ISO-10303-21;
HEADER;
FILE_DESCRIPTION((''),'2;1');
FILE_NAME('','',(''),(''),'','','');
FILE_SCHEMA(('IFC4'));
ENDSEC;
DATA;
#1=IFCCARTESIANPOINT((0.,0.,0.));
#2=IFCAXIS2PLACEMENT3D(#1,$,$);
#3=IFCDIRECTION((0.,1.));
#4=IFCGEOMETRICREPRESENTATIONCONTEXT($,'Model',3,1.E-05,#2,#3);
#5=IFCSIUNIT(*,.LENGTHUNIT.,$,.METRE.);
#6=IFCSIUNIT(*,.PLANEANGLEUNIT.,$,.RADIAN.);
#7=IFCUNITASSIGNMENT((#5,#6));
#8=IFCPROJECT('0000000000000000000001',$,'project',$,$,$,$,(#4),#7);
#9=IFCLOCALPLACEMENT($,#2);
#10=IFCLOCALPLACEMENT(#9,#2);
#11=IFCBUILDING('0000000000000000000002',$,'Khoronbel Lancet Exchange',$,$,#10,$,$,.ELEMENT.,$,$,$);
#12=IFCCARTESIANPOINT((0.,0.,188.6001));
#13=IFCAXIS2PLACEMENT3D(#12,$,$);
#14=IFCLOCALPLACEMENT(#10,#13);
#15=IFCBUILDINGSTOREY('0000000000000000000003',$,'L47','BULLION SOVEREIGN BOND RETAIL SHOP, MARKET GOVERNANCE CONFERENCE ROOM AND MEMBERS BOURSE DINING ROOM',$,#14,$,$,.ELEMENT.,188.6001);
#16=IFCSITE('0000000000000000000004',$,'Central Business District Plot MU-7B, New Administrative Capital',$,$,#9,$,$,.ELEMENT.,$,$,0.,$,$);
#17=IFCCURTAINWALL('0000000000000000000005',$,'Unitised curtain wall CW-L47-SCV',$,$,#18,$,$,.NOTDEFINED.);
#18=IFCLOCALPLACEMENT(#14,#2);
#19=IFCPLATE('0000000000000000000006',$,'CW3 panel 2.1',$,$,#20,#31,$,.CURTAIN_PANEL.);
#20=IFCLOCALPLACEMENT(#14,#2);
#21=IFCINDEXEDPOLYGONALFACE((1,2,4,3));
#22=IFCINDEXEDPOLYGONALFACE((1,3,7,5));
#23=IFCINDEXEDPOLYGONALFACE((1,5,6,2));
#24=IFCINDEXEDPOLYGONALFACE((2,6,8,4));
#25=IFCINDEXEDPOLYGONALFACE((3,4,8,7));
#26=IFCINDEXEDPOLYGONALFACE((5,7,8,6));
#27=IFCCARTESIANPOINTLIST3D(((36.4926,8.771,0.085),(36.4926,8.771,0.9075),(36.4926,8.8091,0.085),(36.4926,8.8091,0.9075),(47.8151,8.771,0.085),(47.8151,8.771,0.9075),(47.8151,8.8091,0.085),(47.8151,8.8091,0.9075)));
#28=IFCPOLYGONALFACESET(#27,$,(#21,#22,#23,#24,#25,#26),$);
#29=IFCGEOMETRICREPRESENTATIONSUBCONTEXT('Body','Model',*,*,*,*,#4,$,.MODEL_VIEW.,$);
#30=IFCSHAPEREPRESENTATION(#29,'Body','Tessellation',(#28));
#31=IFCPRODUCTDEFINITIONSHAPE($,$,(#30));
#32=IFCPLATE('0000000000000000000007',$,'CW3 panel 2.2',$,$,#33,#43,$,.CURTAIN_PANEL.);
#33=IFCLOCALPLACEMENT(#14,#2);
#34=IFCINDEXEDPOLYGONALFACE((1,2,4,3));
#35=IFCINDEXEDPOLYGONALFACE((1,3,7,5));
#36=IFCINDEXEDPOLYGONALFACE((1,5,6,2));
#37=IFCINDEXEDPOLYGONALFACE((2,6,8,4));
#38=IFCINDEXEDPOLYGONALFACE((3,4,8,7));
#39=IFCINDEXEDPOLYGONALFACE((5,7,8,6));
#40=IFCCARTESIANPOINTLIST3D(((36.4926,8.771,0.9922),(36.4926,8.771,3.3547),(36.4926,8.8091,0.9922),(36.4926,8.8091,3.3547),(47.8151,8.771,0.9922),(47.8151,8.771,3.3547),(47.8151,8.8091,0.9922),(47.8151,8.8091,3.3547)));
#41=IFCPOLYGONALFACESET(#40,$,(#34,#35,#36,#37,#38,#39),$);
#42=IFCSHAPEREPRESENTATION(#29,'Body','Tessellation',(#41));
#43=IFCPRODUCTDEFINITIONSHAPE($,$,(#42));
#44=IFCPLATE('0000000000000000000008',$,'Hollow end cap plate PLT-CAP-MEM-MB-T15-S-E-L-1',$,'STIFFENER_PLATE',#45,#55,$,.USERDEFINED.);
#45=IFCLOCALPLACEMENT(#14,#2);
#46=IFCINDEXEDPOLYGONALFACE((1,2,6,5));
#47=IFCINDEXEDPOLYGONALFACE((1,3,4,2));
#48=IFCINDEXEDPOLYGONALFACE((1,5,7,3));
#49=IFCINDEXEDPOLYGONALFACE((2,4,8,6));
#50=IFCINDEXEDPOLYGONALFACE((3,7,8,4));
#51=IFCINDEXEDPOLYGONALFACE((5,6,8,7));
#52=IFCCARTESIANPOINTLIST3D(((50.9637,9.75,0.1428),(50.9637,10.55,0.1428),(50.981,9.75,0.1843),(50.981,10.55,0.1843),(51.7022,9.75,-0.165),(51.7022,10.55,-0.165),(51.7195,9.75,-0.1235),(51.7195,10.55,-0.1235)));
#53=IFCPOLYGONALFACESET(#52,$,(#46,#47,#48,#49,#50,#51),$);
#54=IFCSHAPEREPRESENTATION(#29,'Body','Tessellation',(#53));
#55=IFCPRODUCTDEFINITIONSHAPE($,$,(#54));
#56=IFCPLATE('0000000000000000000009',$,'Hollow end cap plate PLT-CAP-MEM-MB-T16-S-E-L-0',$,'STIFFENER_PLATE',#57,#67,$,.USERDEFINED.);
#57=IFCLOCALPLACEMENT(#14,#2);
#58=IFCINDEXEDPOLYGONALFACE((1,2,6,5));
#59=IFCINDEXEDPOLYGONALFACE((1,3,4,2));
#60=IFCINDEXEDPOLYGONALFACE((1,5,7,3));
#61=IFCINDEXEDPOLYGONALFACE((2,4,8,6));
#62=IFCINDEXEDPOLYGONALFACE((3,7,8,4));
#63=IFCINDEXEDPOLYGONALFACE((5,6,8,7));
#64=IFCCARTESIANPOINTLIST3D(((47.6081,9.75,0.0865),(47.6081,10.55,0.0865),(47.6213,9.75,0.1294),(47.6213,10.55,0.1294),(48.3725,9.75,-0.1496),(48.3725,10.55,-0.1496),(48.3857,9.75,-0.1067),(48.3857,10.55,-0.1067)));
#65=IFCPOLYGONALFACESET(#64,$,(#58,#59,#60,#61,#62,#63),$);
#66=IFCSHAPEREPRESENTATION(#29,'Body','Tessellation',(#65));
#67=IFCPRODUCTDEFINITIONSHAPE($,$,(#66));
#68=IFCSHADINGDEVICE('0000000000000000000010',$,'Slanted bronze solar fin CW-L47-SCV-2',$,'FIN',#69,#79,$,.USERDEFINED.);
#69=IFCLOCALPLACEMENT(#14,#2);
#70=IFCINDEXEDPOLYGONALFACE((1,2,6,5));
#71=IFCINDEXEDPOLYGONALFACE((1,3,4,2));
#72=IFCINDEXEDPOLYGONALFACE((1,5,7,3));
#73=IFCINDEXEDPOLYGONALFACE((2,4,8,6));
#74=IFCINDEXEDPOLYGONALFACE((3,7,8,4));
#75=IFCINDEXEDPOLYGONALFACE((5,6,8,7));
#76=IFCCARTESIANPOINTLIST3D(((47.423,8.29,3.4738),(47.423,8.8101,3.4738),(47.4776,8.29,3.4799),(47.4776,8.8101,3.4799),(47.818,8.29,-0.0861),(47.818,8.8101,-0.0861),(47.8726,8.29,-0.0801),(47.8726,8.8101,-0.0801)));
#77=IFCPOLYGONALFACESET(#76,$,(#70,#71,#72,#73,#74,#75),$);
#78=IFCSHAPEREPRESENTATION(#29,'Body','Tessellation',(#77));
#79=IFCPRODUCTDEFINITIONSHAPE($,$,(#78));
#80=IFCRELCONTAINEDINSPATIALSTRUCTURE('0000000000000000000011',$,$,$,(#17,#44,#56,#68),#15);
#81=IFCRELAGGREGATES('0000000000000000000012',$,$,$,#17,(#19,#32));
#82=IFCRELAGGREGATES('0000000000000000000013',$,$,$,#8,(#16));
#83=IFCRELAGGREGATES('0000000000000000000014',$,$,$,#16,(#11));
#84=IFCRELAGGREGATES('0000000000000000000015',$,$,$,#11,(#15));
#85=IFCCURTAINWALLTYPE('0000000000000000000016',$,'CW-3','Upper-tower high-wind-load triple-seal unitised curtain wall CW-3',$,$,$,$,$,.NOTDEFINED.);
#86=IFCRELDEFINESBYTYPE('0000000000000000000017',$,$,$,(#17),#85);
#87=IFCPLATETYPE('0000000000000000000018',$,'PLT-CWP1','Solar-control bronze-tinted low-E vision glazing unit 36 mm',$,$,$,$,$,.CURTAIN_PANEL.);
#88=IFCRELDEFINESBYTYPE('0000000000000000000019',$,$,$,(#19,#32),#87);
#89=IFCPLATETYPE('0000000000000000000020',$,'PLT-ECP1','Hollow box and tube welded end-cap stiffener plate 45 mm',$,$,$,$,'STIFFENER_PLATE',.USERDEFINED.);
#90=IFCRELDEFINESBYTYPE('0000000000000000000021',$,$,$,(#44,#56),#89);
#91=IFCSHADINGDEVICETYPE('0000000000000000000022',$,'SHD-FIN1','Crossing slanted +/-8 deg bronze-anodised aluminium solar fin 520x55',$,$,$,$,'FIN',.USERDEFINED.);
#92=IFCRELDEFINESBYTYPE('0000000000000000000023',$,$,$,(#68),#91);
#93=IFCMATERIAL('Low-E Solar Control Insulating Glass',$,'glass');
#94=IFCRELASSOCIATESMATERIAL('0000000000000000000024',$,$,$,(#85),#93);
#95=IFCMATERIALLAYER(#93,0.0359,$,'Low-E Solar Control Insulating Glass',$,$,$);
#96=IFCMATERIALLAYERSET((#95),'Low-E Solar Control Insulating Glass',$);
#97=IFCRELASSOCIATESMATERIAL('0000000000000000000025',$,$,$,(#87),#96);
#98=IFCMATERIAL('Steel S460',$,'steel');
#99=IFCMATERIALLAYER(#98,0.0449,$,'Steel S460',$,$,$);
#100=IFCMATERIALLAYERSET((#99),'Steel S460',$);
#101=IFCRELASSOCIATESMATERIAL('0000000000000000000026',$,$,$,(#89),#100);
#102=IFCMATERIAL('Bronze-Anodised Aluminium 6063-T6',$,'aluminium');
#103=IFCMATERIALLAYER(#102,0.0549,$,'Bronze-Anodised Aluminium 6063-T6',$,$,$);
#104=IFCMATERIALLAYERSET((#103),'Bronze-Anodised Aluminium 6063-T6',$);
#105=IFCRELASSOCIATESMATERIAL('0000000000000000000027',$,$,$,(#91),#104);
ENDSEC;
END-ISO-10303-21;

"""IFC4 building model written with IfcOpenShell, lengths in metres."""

from ifc_helpers import new_model, si_unit, direction, frame, origin, origin_2d, place, context, subcontext, project, spatial, polyline, rectangle, outline, extrude, material, layer, layer_set, type_object, element, aggregate, save


model = new_model("IFC4")

# Units and contexts
model_context = context("Model", 3, precision=1e-05, world=origin(), true_north=direction((0.0, 1.0)))
body_context = subcontext(model_context, "Body", "Model", "MODEL_VIEW")
ifc_project = project(units=[si_unit("LENGTHUNIT", "METRE"), si_unit("PLANEANGLEUNIT", "RADIAN")], contexts=[model_context])

# Site, building, storey
site_placement = place(None, origin())
site = spatial("IfcSite", under=ifc_project, at=site_placement, Name="Central Business District Plot MU-7B, New Administrative Capital", CompositionType="ELEMENT", RefElevation=0.0)
building_placement = place(site_placement, origin())
building = spatial("IfcBuilding", under=site, at=building_placement, Name="Khoronbel Lancet Exchange", CompositionType="ELEMENT")
storey_placement = place(building_placement, frame((0.0, 0.0, 188.6001)))
storey = spatial("IfcBuildingStorey", under=building, at=storey_placement, Name="L47", Description="BULLION SOVEREIGN BOND RETAIL SHOP, MARKET GOVERNANCE CONFERENCE ROOM AND MEMBERS BOURSE DINING ROOM", CompositionType="ELEMENT", Elevation=188.6001)

# Shared definitions
ifc_material_1 = material(Name="Steel S460", Category="steel")

# Curtain wall
ifc_material_2 = material(Name="Low-E Solar Control Insulating Glass", Category="glass")
curtain_wall_type = type_object("IfcCurtainWallType", Name="CW-3", Description="Upper-tower high-wind-load triple-seal unitised curtain wall CW-3", PredefinedType="NOTDEFINED", material=ifc_material_2)
curtain_wall_1_placement = place(storey_placement, origin())
curtain_wall_1 = element("IfcCurtainWall", 1, at=curtain_wall_1_placement, inside=storey, type_object=curtain_wall_type, Name="Unitised curtain wall CW-L47-SCV", PredefinedType="NOTDEFINED")
ifc_material_3 = material(Name="Bronze-Anodised Aluminium 6063-T6", Category="aluminium")

# Plates
ifc_layer_1 = layer(ifc_material_2, 0.0359, Name="Low-E Solar Control Insulating Glass")
ifc_layer_set_1 = layer_set([ifc_layer_1], Name="Low-E Solar Control Insulating Glass")
plate_type_1 = type_object("IfcPlateType", Name="PLT-CWP1", Description="Solar-control bronze-tinted low-E vision glazing unit 36 mm", PredefinedType="CURTAIN_PANEL", material=ifc_layer_set_1)
plate_1_placement = place(storey_placement, frame((42.1538, 8.79, 0.085), z_axis=(0.0, 0.0, 1.0), x_axis=(1.0, 0.0, 0.0)))
plate_1 = element("IfcPlate", 2, at=plate_1_placement, type_object=plate_type_1, Name="CW3 panel 2.1", PredefinedType="CURTAIN_PANEL", context=body_context, shape_type="SweptSolid", body=[
    extrude(rectangle(XDim=11.3225, YDim=0.0381, at=origin_2d()), origin(), (0.0, 0.0, 1.0), 0.8225),
])
plate_2_placement = place(storey_placement, frame((42.1538, 8.79, 0.9922), z_axis=(0.0, 0.0, 1.0), x_axis=(1.0, 0.0, 0.0)))
plate_2 = element("IfcPlate", 3, at=plate_2_placement, type_object=plate_type_1, Name="CW3 panel 2.2", PredefinedType="CURTAIN_PANEL", context=body_context, shape_type="SweptSolid", body=[
    extrude(rectangle(XDim=11.3225, YDim=0.0381, at=origin_2d()), origin(), (0.0, 0.0, 1.0), 2.3625),
])
aggregate(curtain_wall_1, [plate_1, plate_2])

# Plates
ifc_layer_2 = layer(ifc_material_1, 0.0449, Name="Steel S460")
ifc_layer_set_2 = layer_set([ifc_layer_2], Name="Steel S460")
plate_type_2 = type_object("IfcPlateType", Name="PLT-ECP1", Description="Hollow box and tube welded end-cap stiffener plate 45 mm", ElementType="STIFFENER_PLATE", PredefinedType="USERDEFINED", material=ifc_layer_set_2)
for number, where, z_axis, x_axis, name in (
    (4, (51.7195, 9.75, -0.1235), (0.384767, 0.0, 0.923014), (0.0, 1.0, 0.0), "Hollow end cap plate PLT-CAP-MEM-MB-T15-S-E-L-1"),
    (5, (48.3857, 9.75, -0.1067), (0.295094, 0.0, 0.955468), (0.0, 1.0, 0.0), "Hollow end cap plate PLT-CAP-MEM-MB-T16-S-E-L-0"),
):
    element("IfcPlate", number, at=place(storey_placement, frame(where, z_axis=z_axis, x_axis=x_axis)), inside=storey, type_object=plate_type_2, Name=name, ObjectType="STIFFENER_PLATE", PredefinedType="USERDEFINED", context=body_context, shape_type="SweptSolid", body=[
        extrude(outline(polyline([(0.0, 0.0), (0.8, 0.0), (0.8, 0.8), (0.0, 0.8), (0.0, 0.0)])), origin(), (0.0, 0.0, -1.0), 0.0449),
    ])

# Shading device
ifc_layer_3 = layer(ifc_material_3, 0.0549, Name="Bronze-Anodised Aluminium 6063-T6")
ifc_layer_set_3 = layer_set([ifc_layer_3], Name="Bronze-Anodised Aluminium 6063-T6")
shading_device_type = type_object("IfcShadingDeviceType", Name="SHD-FIN1", Description="Crossing slanted +/-8 deg bronze-anodised aluminium solar fin 520x55", ElementType="FIN", PredefinedType="USERDEFINED", material=ifc_layer_set_3)
shading_device_placement = place(storey_placement, frame((47.8726, 8.8101, -0.0801), z_axis=(0.9939, 0.0, 0.110282), x_axis=(0.0, -1.0, 0.0)))
element("IfcShadingDevice", 6, at=shading_device_placement, inside=storey, type_object=shading_device_type, Name="Slanted bronze solar fin CW-L47-SCV-2", ObjectType="FIN", PredefinedType="USERDEFINED", context=body_context, shape_type="SweptSolid", body=[
    extrude(outline(polyline([(0.0, 0.0), (0.52, 0.0), (0.52, -3.5818), (0.0, -3.5818), (0.0, 0.0)])), origin(), (0.0, 0.0, -1.0), 0.0549),
])

save(model, "model.ifc")
